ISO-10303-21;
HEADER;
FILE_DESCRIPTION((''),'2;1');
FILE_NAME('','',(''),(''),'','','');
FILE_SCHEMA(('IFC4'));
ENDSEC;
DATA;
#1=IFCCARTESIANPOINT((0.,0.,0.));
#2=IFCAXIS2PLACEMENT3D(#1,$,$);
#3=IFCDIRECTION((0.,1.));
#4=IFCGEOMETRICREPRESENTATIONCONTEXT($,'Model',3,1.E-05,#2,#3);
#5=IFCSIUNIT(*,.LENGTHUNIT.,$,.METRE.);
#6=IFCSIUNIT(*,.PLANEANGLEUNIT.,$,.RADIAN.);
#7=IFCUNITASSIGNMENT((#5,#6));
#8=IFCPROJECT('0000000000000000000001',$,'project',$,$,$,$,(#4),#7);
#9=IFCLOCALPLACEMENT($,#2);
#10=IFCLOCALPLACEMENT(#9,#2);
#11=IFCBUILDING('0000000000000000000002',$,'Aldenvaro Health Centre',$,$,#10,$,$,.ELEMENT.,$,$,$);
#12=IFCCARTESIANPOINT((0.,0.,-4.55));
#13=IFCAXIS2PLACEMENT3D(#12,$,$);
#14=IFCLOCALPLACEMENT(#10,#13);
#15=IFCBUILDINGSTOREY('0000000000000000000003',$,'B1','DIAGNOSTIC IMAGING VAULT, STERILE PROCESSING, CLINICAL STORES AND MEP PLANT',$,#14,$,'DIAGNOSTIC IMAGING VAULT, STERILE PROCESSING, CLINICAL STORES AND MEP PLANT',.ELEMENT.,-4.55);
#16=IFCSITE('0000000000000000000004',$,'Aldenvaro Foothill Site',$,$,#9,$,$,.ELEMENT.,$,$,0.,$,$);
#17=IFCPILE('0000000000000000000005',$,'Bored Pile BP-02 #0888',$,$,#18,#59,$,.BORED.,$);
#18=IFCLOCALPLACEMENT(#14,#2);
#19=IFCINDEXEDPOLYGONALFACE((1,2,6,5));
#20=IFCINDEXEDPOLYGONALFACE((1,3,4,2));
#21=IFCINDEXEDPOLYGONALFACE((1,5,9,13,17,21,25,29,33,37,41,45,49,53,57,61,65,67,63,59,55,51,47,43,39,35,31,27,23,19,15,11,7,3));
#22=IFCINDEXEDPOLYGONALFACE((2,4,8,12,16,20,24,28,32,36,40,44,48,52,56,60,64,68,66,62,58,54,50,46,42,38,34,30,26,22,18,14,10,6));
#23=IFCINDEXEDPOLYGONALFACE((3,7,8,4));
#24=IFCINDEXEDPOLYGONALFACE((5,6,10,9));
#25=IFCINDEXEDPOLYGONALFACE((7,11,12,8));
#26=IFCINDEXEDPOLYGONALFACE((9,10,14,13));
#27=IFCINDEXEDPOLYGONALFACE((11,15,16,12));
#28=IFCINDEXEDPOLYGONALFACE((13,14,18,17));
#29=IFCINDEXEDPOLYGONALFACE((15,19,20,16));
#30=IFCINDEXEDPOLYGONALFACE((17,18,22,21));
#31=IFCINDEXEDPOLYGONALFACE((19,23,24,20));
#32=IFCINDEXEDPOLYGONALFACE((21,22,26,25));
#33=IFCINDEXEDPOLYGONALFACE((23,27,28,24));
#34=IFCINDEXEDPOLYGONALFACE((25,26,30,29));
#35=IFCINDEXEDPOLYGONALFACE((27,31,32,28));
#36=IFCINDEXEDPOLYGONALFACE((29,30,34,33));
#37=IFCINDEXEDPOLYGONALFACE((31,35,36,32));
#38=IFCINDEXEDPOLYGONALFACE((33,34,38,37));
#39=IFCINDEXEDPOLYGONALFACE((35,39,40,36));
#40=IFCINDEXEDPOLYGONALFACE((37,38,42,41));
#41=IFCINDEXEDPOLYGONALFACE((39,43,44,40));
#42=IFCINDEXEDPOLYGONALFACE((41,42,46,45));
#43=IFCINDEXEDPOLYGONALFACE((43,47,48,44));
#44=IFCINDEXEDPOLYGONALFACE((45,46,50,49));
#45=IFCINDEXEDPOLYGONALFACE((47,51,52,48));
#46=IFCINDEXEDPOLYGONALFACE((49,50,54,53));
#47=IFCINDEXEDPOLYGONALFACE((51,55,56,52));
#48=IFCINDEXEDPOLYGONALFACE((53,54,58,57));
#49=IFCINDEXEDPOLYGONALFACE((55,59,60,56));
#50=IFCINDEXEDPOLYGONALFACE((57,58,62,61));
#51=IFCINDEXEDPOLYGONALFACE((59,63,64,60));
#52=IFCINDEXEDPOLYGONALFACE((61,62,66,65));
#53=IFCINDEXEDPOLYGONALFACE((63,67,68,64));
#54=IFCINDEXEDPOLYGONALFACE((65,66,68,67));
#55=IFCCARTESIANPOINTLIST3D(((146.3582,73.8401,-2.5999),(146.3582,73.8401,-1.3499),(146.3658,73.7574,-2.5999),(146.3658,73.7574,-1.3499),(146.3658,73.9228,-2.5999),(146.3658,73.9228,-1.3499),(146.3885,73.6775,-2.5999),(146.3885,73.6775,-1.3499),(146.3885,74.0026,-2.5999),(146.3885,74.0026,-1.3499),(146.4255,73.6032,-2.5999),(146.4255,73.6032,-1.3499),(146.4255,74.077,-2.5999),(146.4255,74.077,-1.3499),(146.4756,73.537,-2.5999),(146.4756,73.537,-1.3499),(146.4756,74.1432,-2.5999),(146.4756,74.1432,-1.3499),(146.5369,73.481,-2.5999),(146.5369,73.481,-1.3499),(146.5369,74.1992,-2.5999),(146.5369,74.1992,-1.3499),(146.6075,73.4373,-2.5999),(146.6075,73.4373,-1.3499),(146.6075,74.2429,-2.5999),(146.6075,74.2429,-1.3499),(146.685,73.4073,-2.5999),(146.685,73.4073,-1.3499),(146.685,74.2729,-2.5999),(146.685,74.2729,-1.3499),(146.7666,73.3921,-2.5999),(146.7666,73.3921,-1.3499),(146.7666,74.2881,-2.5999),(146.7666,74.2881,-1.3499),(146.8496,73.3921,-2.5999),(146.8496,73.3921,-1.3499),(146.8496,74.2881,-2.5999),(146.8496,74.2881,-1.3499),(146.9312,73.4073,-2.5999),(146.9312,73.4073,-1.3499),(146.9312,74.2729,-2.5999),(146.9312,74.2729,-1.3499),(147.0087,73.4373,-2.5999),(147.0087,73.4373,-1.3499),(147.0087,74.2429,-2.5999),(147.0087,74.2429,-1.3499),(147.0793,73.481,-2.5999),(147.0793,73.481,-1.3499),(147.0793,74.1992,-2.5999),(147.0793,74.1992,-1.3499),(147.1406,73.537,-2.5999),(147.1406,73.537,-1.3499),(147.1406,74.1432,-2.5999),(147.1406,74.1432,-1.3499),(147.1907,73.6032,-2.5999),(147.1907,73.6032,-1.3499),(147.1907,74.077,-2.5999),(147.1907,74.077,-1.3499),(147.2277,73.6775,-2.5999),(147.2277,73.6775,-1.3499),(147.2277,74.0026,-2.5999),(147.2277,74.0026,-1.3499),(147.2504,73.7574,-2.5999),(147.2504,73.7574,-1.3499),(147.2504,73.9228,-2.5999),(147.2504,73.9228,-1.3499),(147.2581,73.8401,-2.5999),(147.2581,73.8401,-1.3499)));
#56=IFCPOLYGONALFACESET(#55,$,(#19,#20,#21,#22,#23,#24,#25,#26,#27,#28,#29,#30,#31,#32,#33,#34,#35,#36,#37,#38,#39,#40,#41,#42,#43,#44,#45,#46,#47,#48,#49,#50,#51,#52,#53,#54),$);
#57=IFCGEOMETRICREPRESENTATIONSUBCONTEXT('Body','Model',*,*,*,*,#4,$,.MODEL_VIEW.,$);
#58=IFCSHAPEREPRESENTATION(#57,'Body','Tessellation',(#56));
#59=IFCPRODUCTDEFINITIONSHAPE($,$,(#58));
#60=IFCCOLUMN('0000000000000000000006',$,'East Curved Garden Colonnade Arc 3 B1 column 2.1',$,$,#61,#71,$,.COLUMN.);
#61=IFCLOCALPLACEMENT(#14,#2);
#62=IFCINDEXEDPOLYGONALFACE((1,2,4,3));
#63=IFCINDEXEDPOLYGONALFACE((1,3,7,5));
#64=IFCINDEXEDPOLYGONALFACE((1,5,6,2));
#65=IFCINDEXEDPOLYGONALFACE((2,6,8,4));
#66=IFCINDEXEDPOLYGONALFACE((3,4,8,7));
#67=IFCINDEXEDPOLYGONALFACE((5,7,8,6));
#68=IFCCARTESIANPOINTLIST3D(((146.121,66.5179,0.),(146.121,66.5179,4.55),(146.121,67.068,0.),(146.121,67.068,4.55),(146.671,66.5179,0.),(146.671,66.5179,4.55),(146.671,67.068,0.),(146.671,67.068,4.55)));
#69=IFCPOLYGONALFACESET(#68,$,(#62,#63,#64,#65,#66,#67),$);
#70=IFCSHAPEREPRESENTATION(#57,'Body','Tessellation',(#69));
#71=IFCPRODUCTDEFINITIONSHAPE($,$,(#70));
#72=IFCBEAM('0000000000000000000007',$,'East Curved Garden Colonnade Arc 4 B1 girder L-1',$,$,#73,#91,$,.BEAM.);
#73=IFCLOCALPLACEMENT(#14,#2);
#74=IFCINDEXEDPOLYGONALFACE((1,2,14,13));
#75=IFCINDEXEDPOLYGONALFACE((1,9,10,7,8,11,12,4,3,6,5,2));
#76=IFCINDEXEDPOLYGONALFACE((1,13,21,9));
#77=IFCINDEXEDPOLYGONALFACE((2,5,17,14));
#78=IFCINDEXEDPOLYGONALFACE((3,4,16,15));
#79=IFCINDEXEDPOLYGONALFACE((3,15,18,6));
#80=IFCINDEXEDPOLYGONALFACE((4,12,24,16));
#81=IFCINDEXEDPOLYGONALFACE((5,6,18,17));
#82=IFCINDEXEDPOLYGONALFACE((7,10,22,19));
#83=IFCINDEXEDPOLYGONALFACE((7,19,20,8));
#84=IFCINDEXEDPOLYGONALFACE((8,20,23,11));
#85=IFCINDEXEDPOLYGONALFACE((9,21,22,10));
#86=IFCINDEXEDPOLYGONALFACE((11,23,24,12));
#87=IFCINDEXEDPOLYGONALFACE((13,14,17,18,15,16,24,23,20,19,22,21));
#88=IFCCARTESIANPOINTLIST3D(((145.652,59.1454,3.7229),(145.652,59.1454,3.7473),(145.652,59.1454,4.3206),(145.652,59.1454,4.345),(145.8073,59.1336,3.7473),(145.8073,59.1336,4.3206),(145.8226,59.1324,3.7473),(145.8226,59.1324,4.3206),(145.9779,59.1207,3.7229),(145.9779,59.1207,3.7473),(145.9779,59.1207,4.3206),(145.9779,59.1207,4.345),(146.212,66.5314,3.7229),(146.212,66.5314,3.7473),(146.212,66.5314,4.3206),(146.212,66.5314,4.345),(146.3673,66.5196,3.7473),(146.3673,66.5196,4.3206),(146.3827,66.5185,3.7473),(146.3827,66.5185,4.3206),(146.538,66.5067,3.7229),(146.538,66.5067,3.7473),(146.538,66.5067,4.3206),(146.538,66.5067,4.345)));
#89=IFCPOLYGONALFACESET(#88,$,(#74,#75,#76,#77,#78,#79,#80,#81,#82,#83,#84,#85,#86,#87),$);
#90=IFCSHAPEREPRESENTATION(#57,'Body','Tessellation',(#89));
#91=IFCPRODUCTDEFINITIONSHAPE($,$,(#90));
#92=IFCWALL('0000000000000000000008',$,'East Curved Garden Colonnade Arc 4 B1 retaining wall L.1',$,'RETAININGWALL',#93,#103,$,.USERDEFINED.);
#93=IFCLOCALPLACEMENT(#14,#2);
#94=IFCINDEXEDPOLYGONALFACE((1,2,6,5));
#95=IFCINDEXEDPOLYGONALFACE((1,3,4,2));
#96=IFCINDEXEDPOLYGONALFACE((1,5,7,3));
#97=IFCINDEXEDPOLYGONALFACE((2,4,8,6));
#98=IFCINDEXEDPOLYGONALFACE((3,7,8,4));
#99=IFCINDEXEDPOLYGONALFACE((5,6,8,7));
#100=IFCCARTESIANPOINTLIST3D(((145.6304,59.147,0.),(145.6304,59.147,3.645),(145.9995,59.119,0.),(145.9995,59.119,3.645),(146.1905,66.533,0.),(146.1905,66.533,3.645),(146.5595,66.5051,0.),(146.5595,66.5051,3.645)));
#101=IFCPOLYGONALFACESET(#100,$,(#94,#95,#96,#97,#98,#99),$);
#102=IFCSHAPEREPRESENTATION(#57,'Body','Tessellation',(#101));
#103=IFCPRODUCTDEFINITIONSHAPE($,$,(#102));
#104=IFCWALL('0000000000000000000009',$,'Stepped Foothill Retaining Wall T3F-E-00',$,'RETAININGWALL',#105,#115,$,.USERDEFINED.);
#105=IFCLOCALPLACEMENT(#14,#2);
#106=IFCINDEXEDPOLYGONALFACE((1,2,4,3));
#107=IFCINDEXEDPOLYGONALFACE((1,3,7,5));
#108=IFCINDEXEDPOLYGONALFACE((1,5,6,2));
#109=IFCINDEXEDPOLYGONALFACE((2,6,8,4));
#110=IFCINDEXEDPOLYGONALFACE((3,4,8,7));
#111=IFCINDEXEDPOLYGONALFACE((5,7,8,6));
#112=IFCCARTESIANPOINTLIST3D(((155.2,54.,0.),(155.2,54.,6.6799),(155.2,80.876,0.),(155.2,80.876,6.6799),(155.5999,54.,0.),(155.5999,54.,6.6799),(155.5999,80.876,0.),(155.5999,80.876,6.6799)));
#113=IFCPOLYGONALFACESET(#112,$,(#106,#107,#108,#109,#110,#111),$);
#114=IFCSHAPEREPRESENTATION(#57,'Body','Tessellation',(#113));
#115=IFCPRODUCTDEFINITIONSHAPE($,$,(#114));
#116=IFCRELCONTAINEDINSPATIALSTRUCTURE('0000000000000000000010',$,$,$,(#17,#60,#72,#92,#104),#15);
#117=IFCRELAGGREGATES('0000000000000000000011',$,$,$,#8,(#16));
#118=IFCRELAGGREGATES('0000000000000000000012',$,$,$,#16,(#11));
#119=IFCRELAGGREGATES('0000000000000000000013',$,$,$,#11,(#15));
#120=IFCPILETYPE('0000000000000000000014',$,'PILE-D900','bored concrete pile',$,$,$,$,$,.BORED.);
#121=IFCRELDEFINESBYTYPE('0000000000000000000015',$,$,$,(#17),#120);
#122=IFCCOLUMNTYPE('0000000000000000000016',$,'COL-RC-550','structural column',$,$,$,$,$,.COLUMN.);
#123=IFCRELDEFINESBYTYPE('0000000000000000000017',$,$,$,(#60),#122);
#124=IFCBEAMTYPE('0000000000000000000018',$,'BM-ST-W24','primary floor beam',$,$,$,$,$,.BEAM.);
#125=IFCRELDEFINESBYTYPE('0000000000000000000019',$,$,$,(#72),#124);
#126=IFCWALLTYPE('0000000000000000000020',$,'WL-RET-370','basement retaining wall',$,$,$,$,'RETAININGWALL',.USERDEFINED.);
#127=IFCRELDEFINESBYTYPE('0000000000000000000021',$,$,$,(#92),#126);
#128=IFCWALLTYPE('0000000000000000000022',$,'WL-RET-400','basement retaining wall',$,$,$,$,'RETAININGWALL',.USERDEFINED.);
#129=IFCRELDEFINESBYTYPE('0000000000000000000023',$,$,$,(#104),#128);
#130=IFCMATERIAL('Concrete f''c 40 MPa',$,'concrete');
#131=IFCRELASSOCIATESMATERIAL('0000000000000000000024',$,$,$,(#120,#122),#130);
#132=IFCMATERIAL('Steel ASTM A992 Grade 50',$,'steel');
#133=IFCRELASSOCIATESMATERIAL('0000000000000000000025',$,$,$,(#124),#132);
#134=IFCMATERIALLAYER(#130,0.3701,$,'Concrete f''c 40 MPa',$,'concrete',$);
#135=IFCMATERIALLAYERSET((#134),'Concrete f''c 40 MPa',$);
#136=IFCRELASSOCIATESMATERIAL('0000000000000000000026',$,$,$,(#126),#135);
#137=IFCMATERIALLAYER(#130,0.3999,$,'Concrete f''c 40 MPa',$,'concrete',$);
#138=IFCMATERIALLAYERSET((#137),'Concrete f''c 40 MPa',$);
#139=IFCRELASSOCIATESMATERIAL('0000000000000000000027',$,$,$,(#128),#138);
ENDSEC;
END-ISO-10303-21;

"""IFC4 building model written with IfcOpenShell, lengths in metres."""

from ifc_helpers import new_model, si_unit, direction, frame, frame_2d, origin, origin_2d, place, context, subcontext, project, spatial, rectangle, circle, i_section, extrude, material, layer, layer_set, material_profile, profile_set, type_object, element, save


model = new_model("IFC4")

# Units and contexts
model_context = context("Model", 3, precision=1e-05, world=origin(), true_north=direction((0.0, 1.0)))
body_context = subcontext(model_context, "Body", "Model", "MODEL_VIEW")
ifc_project = project(units=[si_unit("LENGTHUNIT", "METRE"), si_unit("PLANEANGLEUNIT", "RADIAN")], contexts=[model_context])

# Site, building, storey
site_placement = place(None, origin())
site = spatial("IfcSite", under=ifc_project, at=site_placement, Name="Aldenvaro Foothill Site", CompositionType="ELEMENT", RefElevation=0.0)
building_placement = place(site_placement, origin())
building = spatial("IfcBuilding", under=site, at=building_placement, Name="Aldenvaro Health Centre", CompositionType="ELEMENT")
storey_placement = place(building_placement, frame((0.0, 0.0, -4.55)))
storey = spatial("IfcBuildingStorey", under=building, at=storey_placement, Name="B1", Description="DIAGNOSTIC IMAGING VAULT, STERILE PROCESSING, CLINICAL STORES AND MEP PLANT", LongName="DIAGNOSTIC IMAGING VAULT, STERILE PROCESSING, CLINICAL STORES AND MEP PLANT", CompositionType="ELEMENT", Elevation=-4.55)

# Shared definitions
ifc_material_1 = material(Name="Concrete f'c 40 MPa", Category="concrete")

# Pile
ifc_material_profile_1 = material_profile(ifc_material_1, circle(Radius=0.45, at=origin_2d()), Name="PILE D900", Category="concrete")
ifc_profile_set_1 = profile_set([ifc_material_profile_1], Name="Concrete f'c 40 MPa")
pile_type_1 = type_object("IfcPileType", Name="PILE-D900", Description="bored concrete pile", PredefinedType="BORED", material=ifc_profile_set_1)
pile_1_placement = place(storey_placement, frame((146.8081, 73.8401, -1.3499), z_axis=(0.0, 0.0, -1.0), x_axis=(1.0, 0.0, 0.0)))
element("IfcPile", 1, at=pile_1_placement, inside=storey, type_object=pile_type_1, Name="Bored Pile BP-02 #0888", PredefinedType="BORED", context=body_context, shape_type="SweptSolid", body=[
    extrude(circle(Radius=0.45, at=origin_2d()), origin(), (0.0, 0.0, 1.0), 1.25),
])

# Column
ifc_material_profile_2 = material_profile(ifc_material_1, rectangle(XDim=0.55, YDim=0.55, at=origin_2d()), Name="RC 550x550", Category="concrete")
ifc_profile_set_2 = profile_set([ifc_material_profile_2], Name="Concrete f'c 40 MPa")
column_type = type_object("IfcColumnType", Name="COL-RC-550", Description="structural column", PredefinedType="COLUMN", material=ifc_profile_set_2)
column_placement = place(storey_placement, frame((146.396, 66.793, 0.0), z_axis=(0.0, 0.0, 1.0), x_axis=(1.0, 0.0, 0.0)))
element("IfcColumn", 2, at=column_placement, inside=storey, type_object=column_type, Name="East Curved Garden Colonnade Arc 3 B1 column 2.1", PredefinedType="COLUMN", context=body_context, shape_type="SweptSolid", body=[
    extrude(rectangle(XDim=0.55, YDim=0.55, at=origin_2d()), origin(), (0.0, 0.0, 1.0), 4.55),
])

# Beam
ifc_material_2 = material(Name="Steel ASTM A992 Grade 50", Category="steel")
ifc_material_profile_3 = material_profile(ifc_material_2, i_section(OverallWidth=0.3269, OverallDepth=0.6221, WebThickness=0.0154, FlangeThickness=0.0244, at=origin_2d()), Name="W24X131", Category="steel")
ifc_profile_set_3 = profile_set([ifc_material_profile_3], Name="Steel ASTM A992 Grade 50")
beam_type = type_object("IfcBeamType", Name="BM-ST-W24", Description="primary floor beam", PredefinedType="BEAM", material=ifc_profile_set_3)
beam_placement = place(storey_placement, frame((146.375, 66.519, 4.0339), z_axis=(-0.07561, -0.997137, 0.0), x_axis=(0.997137, -0.07561, 0.0)))
element("IfcBeam", 3, at=beam_placement, inside=storey, type_object=beam_type, Name="East Curved Garden Colonnade Arc 4 B1 girder L-1", PredefinedType="BEAM", context=body_context, shape_type="SweptSolid", body=[
    extrude(i_section(OverallWidth=0.3269, OverallDepth=0.6221, WebThickness=0.0154, FlangeThickness=0.0244, at=origin_2d()), origin(), (0.0, 0.0, 1.0), 7.4072),
])

# Walls
ifc_layer_1 = layer(ifc_material_1, 0.3701, Name="Concrete f'c 40 MPa", Category="concrete")
ifc_layer_set_1 = layer_set([ifc_layer_1], Name="Concrete f'c 40 MPa")
wall_type_1 = type_object("IfcWallType", Name="WL-RET-370", Description="basement retaining wall", ElementType="RETAININGWALL", PredefinedType="USERDEFINED", material=ifc_layer_set_1)
wall_1_placement = place(storey_placement, frame((146.375, 66.519, 0.0), z_axis=(0.0, 0.0, 1.0), x_axis=(-0.07561, -0.997137, 0.0)))
element("IfcWall", 4, at=wall_1_placement, inside=storey, type_object=wall_type_1, Name="East Curved Garden Colonnade Arc 4 B1 retaining wall L.1", ObjectType="RETAININGWALL", PredefinedType="USERDEFINED", context=body_context, shape_type="SweptSolid", body=[
    extrude(rectangle(XDim=7.4072, YDim=0.3701, at=frame_2d((3.7036, 0.0))), origin(), (0.0, 0.0, 1.0), 3.645),
])
ifc_layer_2 = layer(ifc_material_1, 0.3999, Name="Concrete f'c 40 MPa", Category="concrete")
ifc_layer_set_2 = layer_set([ifc_layer_2], Name="Concrete f'c 40 MPa")
wall_type_2 = type_object("IfcWallType", Name="WL-RET-400", Description="basement retaining wall", ElementType="RETAININGWALL", PredefinedType="USERDEFINED", material=ifc_layer_set_2)
wall_2_placement = place(storey_placement, frame((155.3999, 54.0, 0.0), z_axis=(0.0, 0.0, 1.0), x_axis=(0.0, 1.0, 0.0)))
element("IfcWall", 5, at=wall_2_placement, inside=storey, type_object=wall_type_2, Name="Stepped Foothill Retaining Wall T3F-E-00", ObjectType="RETAININGWALL", PredefinedType="USERDEFINED", context=body_context, shape_type="SweptSolid", body=[
    extrude(rectangle(XDim=26.876, YDim=0.3999, at=frame_2d((13.438, 0.0))), origin(), (0.0, 0.0, 1.0), 6.6799),
])

save(model, "model.ifc")
